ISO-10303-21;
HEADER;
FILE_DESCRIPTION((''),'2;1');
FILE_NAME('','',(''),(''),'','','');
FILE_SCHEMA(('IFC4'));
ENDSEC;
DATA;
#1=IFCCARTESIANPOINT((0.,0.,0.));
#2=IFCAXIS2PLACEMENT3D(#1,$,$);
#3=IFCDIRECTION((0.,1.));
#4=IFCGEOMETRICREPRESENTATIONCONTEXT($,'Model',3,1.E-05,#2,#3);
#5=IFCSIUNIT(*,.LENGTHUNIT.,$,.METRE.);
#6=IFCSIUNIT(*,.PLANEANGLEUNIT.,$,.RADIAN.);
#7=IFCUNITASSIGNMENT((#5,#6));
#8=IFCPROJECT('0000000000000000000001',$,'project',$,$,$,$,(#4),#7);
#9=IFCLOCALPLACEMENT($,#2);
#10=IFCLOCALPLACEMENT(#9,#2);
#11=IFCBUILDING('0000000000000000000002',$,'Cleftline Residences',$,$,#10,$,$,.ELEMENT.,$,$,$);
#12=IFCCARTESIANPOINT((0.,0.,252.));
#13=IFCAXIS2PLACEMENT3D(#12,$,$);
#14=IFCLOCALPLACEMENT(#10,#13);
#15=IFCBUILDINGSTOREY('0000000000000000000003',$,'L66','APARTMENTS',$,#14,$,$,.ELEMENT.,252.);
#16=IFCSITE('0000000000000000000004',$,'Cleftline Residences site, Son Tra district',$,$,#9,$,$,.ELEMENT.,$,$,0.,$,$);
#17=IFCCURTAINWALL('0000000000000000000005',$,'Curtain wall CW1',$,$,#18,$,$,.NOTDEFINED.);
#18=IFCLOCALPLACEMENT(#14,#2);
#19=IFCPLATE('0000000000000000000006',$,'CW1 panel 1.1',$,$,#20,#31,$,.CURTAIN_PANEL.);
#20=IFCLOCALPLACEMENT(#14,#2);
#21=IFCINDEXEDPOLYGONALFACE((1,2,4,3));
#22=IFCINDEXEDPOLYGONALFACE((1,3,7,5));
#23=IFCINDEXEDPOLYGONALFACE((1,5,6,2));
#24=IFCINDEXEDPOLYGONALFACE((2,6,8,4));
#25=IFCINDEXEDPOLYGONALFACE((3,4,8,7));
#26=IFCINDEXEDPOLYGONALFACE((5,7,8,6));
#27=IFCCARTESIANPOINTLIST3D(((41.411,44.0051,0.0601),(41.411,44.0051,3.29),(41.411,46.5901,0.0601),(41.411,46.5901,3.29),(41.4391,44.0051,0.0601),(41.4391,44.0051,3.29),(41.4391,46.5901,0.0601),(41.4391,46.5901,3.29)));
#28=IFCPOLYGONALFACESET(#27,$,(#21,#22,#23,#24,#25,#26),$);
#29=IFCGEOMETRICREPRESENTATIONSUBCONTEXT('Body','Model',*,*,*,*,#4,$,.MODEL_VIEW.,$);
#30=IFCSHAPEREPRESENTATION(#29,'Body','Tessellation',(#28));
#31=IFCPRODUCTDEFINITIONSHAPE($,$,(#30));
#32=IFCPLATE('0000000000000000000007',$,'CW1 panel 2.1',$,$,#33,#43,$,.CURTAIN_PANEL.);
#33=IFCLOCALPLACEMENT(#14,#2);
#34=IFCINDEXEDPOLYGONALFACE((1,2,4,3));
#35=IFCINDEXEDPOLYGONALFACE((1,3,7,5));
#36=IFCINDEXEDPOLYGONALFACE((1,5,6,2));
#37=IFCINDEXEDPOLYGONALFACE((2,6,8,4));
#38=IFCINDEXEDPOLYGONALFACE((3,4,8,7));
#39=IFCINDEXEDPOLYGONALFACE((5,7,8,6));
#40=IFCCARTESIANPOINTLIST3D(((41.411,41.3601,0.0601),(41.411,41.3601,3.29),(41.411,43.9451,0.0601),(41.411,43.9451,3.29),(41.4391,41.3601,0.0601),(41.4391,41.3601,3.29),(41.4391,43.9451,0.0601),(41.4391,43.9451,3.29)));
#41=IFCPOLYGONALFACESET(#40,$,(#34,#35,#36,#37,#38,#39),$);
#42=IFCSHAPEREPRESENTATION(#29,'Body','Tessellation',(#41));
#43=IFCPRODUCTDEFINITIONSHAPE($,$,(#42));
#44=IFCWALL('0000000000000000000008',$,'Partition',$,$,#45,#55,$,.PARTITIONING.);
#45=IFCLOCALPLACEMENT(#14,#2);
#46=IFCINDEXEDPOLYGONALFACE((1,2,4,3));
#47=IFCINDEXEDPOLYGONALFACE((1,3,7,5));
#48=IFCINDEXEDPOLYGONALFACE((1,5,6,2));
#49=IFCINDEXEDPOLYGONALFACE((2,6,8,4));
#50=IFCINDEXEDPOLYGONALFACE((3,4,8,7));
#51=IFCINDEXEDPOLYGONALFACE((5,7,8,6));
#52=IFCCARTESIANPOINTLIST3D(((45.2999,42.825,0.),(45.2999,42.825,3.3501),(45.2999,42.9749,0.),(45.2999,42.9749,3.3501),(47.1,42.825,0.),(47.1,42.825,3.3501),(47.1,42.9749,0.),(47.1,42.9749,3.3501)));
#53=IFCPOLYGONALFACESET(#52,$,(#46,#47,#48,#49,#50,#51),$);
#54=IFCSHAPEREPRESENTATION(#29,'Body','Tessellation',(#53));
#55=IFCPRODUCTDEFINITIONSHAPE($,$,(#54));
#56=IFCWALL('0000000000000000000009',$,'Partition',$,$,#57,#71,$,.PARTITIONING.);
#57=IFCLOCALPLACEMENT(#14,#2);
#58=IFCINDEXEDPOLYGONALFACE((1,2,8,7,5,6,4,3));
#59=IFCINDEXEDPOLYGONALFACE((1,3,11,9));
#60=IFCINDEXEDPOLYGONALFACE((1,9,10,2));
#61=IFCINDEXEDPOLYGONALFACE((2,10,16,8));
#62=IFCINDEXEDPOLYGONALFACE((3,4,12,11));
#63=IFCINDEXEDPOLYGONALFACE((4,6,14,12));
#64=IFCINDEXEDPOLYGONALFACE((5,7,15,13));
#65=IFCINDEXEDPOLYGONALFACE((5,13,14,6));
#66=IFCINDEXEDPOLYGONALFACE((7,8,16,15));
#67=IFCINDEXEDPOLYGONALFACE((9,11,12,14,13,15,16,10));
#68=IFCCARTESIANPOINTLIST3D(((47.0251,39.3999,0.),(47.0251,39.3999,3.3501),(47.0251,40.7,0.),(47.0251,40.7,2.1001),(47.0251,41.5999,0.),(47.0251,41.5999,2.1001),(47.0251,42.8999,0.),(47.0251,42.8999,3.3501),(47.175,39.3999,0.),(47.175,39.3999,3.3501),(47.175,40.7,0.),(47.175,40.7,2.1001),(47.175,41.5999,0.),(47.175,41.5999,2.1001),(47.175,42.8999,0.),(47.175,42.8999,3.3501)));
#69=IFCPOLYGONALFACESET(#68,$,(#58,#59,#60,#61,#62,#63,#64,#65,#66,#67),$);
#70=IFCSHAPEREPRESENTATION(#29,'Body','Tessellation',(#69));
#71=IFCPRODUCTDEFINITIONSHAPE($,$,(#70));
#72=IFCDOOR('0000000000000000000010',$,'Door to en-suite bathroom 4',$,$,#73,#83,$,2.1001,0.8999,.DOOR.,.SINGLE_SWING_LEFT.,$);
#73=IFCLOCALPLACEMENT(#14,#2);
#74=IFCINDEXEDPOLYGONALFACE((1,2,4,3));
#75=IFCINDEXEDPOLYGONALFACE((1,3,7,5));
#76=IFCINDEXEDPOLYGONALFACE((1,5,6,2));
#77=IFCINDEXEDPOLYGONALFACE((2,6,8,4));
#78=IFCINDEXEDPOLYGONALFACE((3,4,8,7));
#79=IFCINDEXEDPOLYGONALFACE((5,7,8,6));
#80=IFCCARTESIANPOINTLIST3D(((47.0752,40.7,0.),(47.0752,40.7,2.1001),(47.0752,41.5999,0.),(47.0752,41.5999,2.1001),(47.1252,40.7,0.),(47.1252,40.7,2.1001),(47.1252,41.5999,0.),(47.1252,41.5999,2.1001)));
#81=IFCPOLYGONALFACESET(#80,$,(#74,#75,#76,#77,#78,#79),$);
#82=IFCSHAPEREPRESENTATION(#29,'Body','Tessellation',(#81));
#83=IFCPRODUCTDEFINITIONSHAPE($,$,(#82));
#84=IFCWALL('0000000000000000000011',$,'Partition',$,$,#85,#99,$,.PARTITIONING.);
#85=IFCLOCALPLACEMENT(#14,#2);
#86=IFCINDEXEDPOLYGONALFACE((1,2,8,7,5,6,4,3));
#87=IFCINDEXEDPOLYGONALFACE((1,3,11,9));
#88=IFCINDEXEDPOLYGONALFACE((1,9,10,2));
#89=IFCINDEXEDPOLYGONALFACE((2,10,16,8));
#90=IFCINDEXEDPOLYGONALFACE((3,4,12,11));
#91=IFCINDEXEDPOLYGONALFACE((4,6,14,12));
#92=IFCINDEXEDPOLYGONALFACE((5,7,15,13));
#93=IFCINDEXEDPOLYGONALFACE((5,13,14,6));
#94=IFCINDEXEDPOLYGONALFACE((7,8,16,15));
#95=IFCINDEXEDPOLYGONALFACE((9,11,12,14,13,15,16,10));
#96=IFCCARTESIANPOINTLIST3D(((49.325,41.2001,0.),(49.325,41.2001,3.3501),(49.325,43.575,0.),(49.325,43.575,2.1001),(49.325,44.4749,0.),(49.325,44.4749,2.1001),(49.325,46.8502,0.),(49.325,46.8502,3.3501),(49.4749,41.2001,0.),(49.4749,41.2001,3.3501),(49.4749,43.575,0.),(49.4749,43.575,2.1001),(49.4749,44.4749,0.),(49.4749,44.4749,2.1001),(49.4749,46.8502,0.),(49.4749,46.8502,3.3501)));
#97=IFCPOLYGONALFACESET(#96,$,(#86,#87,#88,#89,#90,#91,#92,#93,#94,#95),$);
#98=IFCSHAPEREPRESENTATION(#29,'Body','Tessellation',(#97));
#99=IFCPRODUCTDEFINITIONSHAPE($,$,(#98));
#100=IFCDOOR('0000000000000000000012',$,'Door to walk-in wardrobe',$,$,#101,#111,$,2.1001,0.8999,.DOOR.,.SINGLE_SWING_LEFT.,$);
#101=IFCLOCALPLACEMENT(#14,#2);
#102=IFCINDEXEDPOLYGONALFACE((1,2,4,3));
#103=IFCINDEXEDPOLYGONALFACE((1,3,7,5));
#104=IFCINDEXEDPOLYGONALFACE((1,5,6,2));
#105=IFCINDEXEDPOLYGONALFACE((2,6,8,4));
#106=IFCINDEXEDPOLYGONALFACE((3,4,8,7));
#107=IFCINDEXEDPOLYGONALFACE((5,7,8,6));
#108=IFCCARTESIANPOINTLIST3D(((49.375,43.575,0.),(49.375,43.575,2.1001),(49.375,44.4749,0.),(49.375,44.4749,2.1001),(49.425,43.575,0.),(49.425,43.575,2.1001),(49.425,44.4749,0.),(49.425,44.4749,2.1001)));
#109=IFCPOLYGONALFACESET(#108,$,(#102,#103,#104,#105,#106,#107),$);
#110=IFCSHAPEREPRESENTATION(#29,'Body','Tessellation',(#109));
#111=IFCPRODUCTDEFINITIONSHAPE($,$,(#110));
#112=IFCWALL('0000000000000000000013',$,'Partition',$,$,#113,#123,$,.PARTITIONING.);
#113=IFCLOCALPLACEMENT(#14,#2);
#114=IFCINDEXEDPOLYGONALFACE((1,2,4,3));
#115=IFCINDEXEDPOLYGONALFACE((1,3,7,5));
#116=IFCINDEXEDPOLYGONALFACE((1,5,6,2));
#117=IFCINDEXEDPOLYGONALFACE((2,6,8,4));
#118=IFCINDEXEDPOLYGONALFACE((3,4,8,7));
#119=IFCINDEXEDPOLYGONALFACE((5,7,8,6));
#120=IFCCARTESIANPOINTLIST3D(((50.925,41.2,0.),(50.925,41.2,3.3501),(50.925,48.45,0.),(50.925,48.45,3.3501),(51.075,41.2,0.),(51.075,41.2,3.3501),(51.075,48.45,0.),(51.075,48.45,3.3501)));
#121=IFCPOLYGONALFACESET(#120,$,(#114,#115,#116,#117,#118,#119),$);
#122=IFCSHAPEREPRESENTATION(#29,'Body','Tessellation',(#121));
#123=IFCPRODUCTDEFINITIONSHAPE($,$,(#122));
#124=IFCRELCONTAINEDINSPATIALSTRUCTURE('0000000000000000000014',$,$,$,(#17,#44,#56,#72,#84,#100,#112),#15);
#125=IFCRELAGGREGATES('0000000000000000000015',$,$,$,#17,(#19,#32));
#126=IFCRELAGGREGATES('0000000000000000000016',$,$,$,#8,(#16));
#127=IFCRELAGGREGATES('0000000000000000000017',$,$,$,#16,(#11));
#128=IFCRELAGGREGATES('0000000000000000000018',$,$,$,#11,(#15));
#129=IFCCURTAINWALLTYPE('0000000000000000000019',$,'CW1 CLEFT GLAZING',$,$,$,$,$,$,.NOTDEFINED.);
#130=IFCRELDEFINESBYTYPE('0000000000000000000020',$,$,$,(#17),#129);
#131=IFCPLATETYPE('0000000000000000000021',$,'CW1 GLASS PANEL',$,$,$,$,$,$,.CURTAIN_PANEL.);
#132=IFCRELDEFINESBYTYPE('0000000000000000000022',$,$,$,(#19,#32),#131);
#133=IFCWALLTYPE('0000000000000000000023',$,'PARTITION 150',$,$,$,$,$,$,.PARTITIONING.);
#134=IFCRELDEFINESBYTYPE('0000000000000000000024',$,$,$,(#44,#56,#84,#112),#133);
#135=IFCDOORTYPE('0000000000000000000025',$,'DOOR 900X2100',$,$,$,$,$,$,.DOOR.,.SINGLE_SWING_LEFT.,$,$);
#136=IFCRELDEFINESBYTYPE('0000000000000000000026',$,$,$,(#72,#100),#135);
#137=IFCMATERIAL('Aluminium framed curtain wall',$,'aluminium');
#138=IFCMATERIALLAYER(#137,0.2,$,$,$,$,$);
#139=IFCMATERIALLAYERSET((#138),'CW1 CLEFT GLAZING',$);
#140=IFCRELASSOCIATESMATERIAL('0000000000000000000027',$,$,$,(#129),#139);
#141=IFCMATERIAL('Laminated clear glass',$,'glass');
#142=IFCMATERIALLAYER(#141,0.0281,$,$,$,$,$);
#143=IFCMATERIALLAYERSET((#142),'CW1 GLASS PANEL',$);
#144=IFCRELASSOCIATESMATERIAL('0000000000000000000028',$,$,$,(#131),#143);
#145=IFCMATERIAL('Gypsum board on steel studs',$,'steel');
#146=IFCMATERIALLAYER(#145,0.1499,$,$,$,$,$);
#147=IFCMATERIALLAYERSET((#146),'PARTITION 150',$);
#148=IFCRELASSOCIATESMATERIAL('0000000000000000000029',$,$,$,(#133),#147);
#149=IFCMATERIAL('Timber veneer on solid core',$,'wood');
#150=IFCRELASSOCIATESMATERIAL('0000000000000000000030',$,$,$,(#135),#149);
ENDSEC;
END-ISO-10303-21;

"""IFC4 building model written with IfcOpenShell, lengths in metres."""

from ifc_helpers import new_model, si_unit, direction, frame, frame_2d, origin, origin_2d, place, context, subcontext, project, spatial, rectangle, extrude, material, layer, layer_set, type_object, element, fill, aggregate, save


model = new_model("IFC4")

# Units and contexts
model_context = context("Model", 3, precision=1e-05, world=origin(), true_north=direction((0.0, 1.0)))
body_context = subcontext(model_context, "Body", "Model", "MODEL_VIEW")
ifc_project = project(units=[si_unit("LENGTHUNIT", "METRE"), si_unit("PLANEANGLEUNIT", "RADIAN")], contexts=[model_context])

# Site, building, storey
site_placement = place(None, origin())
site = spatial("IfcSite", under=ifc_project, at=site_placement, Name="Cleftline Residences site, Son Tra district", CompositionType="ELEMENT", RefElevation=0.0)
building_placement = place(site_placement, origin())
building = spatial("IfcBuilding", under=site, at=building_placement, Name="Cleftline Residences", CompositionType="ELEMENT")
storey_placement = place(building_placement, frame((0.0, 0.0, 252.0)))
storey = spatial("IfcBuildingStorey", under=building, at=storey_placement, Name="L66", Description="APARTMENTS", CompositionType="ELEMENT", Elevation=252.0)

# Curtain wall, plates
ifc_material_1 = material(Name="Aluminium framed curtain wall", Category="aluminium")
ifc_layer_1 = layer(ifc_material_1, 0.2)
ifc_layer_set_1 = layer_set([ifc_layer_1], Name="CW1 CLEFT GLAZING")
curtain_wall_type = type_object("IfcCurtainWallType", Name="CW1 CLEFT GLAZING", PredefinedType="NOTDEFINED", material=ifc_layer_set_1)
curtain_wall_placement = place(storey_placement, origin())
curtain_wall = element("IfcCurtainWall", 1, at=curtain_wall_placement, inside=storey, type_object=curtain_wall_type, Name="Curtain wall CW1", PredefinedType="NOTDEFINED")
ifc_material_2 = material(Name="Laminated clear glass", Category="glass")
ifc_layer_2 = layer(ifc_material_2, 0.0281)
ifc_layer_set_2 = layer_set([ifc_layer_2], Name="CW1 GLASS PANEL")
plate_type = type_object("IfcPlateType", Name="CW1 GLASS PANEL", PredefinedType="CURTAIN_PANEL", material=ifc_layer_set_2)
plate_1_placement = place(storey_placement, frame((41.425, 45.2976, 0.0601), z_axis=(0.0, 0.0, 1.0), x_axis=(0.0, -1.0, 0.0)))
plate_1 = element("IfcPlate", 2, at=plate_1_placement, type_object=plate_type, Name="CW1 panel 1.1", PredefinedType="CURTAIN_PANEL", context=body_context, shape_type="SweptSolid", body=[
    extrude(rectangle(XDim=2.585, YDim=0.0281, at=origin_2d()), origin(), (0.0, 0.0, 1.0), 3.23),
])
plate_2_placement = place(storey_placement, frame((41.425, 42.6526, 0.0601), z_axis=(0.0, 0.0, 1.0), x_axis=(0.0, -1.0, 0.0)))
plate_2 = element("IfcPlate", 3, at=plate_2_placement, type_object=plate_type, Name="CW1 panel 2.1", PredefinedType="CURTAIN_PANEL", context=body_context, shape_type="SweptSolid", body=[
    extrude(rectangle(XDim=2.585, YDim=0.0281, at=origin_2d()), origin(), (0.0, 0.0, 1.0), 3.23),
])
aggregate(curtain_wall, [plate_1, plate_2])

# Wall
ifc_material_3 = material(Name="Gypsum board on steel studs", Category="steel")
ifc_layer_3 = layer(ifc_material_3, 0.1499)
ifc_layer_set_3 = layer_set([ifc_layer_3], Name="PARTITION 150")
wall_type = type_object("IfcWallType", Name="PARTITION 150", PredefinedType="PARTITIONING", material=ifc_layer_set_3)
wall_1_placement = place(storey_placement, frame((45.3, 42.8999, 0.0), z_axis=(0.0, 0.0, 1.0), x_axis=(1.0, 0.0, 0.0)))
element("IfcWall", 4, at=wall_1_placement, inside=storey, type_object=wall_type, Name="Partition", PredefinedType="PARTITIONING", context=body_context, shape_type="SweptSolid", body=[
    extrude(rectangle(XDim=1.8, YDim=0.1499, at=frame_2d((0.8999, 0.0))), origin(), (0.0, 0.0, 1.0), 3.3501),
])

# Walls, openings, doors
wall_2_placement = place(storey_placement, frame((47.1001, 39.3999, 0.0), z_axis=(0.0, 0.0, 1.0), x_axis=(0.0, 1.0, 0.0)))
wall_2 = element("IfcWall", 5, at=wall_2_placement, inside=storey, type_object=wall_type, Name="Partition", PredefinedType="PARTITIONING", context=body_context, shape_type="SweptSolid", body=[
    extrude(rectangle(XDim=3.5, YDim=0.1499, at=frame_2d((1.75, 0.0))), origin(), (0.0, 0.0, 1.0), 3.3501),
])
opening_1_placement = place(wall_2_placement, frame((1.3, 0.0, 0.0)))
opening_1 = element("IfcOpeningElement", 6, at=opening_1_placement, cuts=wall_2, PredefinedType="OPENING", context=body_context, shape_type="SweptSolid", body=[
    extrude(rectangle(XDim=0.8999, YDim=2.1001, at=frame_2d((0.45, 1.05))), frame((0.0, 0.085, 0.0), z_axis=(0.0, -1.0, 0.0), x_axis=(1.0, 0.0, 0.0)), (0.0, 0.0, 1.0), 0.1699),
])
ifc_material_4 = material(Name="Timber veneer on solid core", Category="wood")
door_type = type_object("IfcDoorType", Name="DOOR 900X2100", OperationType="SINGLE_SWING_LEFT", PredefinedType="DOOR", material=ifc_material_4)
door_1_placement = place(opening_1_placement, origin())
door_1 = element("IfcDoor", 7, at=door_1_placement, inside=storey, type_object=door_type, Name="Door to en-suite bathroom 4", OperationType="SINGLE_SWING_LEFT", OverallHeight=2.1001, OverallWidth=0.8999, PredefinedType="DOOR", context=body_context, shape_type="SweptSolid", body=[
    extrude(rectangle(XDim=0.8999, YDim=2.1001, at=frame_2d((0.45, 1.05))), frame((0.0, 0.0249, 0.0), z_axis=(0.0, -1.0, 0.0), x_axis=(1.0, 0.0, 0.0)), (0.0, 0.0, 1.0), 0.05),
])
fill(opening_1, door_1)
wall_3_placement = place(storey_placement, frame((49.3999, 41.2, 0.0), z_axis=(0.0, 0.0, 1.0), x_axis=(0.0, 1.0, 0.0)))
wall_3 = element("IfcWall", 8, at=wall_3_placement, inside=storey, type_object=wall_type, Name="Partition", PredefinedType="PARTITIONING", context=body_context, shape_type="SweptSolid", body=[
    extrude(rectangle(XDim=5.6501, YDim=0.1499, at=frame_2d((2.8252, 0.0))), origin(), (0.0, 0.0, 1.0), 3.3501),
])
opening_2_placement = place(wall_3_placement, frame((2.375, 0.0, 0.0)))
opening_2 = element("IfcOpeningElement", 9, at=opening_2_placement, cuts=wall_3, PredefinedType="OPENING", context=body_context, shape_type="SweptSolid", body=[
    extrude(rectangle(XDim=0.8999, YDim=2.1001, at=frame_2d((0.45, 1.05))), frame((0.0, 0.085, 0.0), z_axis=(0.0, -1.0, 0.0), x_axis=(1.0, 0.0, 0.0)), (0.0, 0.0, 1.0), 0.1699),
])
door_2_placement = place(opening_2_placement, origin())
door_2 = element("IfcDoor", 10, at=door_2_placement, inside=storey, type_object=door_type, Name="Door to walk-in wardrobe", OperationType="SINGLE_SWING_LEFT", OverallHeight=2.1001, OverallWidth=0.8999, PredefinedType="DOOR", context=body_context, shape_type="SweptSolid", body=[
    extrude(rectangle(XDim=0.8999, YDim=2.1001, at=frame_2d((0.45, 1.05))), frame((0.0, 0.0249, 0.0), z_axis=(0.0, -1.0, 0.0), x_axis=(1.0, 0.0, 0.0)), (0.0, 0.0, 1.0), 0.05),
])
fill(opening_2, door_2)

# Wall
wall_4_placement = place(storey_placement, frame((51.0, 41.2, 0.0), z_axis=(0.0, 0.0, 1.0), x_axis=(0.0, 1.0, 0.0)))
element("IfcWall", 11, at=wall_4_placement, inside=storey, type_object=wall_type, Name="Partition", PredefinedType="PARTITIONING", context=body_context, shape_type="SweptSolid", body=[
    extrude(rectangle(XDim=7.25, YDim=0.1499, at=frame_2d((3.625, 0.0))), origin(), (0.0, 0.0, 1.0), 3.3501),
])

save(model, "model.ifc")
